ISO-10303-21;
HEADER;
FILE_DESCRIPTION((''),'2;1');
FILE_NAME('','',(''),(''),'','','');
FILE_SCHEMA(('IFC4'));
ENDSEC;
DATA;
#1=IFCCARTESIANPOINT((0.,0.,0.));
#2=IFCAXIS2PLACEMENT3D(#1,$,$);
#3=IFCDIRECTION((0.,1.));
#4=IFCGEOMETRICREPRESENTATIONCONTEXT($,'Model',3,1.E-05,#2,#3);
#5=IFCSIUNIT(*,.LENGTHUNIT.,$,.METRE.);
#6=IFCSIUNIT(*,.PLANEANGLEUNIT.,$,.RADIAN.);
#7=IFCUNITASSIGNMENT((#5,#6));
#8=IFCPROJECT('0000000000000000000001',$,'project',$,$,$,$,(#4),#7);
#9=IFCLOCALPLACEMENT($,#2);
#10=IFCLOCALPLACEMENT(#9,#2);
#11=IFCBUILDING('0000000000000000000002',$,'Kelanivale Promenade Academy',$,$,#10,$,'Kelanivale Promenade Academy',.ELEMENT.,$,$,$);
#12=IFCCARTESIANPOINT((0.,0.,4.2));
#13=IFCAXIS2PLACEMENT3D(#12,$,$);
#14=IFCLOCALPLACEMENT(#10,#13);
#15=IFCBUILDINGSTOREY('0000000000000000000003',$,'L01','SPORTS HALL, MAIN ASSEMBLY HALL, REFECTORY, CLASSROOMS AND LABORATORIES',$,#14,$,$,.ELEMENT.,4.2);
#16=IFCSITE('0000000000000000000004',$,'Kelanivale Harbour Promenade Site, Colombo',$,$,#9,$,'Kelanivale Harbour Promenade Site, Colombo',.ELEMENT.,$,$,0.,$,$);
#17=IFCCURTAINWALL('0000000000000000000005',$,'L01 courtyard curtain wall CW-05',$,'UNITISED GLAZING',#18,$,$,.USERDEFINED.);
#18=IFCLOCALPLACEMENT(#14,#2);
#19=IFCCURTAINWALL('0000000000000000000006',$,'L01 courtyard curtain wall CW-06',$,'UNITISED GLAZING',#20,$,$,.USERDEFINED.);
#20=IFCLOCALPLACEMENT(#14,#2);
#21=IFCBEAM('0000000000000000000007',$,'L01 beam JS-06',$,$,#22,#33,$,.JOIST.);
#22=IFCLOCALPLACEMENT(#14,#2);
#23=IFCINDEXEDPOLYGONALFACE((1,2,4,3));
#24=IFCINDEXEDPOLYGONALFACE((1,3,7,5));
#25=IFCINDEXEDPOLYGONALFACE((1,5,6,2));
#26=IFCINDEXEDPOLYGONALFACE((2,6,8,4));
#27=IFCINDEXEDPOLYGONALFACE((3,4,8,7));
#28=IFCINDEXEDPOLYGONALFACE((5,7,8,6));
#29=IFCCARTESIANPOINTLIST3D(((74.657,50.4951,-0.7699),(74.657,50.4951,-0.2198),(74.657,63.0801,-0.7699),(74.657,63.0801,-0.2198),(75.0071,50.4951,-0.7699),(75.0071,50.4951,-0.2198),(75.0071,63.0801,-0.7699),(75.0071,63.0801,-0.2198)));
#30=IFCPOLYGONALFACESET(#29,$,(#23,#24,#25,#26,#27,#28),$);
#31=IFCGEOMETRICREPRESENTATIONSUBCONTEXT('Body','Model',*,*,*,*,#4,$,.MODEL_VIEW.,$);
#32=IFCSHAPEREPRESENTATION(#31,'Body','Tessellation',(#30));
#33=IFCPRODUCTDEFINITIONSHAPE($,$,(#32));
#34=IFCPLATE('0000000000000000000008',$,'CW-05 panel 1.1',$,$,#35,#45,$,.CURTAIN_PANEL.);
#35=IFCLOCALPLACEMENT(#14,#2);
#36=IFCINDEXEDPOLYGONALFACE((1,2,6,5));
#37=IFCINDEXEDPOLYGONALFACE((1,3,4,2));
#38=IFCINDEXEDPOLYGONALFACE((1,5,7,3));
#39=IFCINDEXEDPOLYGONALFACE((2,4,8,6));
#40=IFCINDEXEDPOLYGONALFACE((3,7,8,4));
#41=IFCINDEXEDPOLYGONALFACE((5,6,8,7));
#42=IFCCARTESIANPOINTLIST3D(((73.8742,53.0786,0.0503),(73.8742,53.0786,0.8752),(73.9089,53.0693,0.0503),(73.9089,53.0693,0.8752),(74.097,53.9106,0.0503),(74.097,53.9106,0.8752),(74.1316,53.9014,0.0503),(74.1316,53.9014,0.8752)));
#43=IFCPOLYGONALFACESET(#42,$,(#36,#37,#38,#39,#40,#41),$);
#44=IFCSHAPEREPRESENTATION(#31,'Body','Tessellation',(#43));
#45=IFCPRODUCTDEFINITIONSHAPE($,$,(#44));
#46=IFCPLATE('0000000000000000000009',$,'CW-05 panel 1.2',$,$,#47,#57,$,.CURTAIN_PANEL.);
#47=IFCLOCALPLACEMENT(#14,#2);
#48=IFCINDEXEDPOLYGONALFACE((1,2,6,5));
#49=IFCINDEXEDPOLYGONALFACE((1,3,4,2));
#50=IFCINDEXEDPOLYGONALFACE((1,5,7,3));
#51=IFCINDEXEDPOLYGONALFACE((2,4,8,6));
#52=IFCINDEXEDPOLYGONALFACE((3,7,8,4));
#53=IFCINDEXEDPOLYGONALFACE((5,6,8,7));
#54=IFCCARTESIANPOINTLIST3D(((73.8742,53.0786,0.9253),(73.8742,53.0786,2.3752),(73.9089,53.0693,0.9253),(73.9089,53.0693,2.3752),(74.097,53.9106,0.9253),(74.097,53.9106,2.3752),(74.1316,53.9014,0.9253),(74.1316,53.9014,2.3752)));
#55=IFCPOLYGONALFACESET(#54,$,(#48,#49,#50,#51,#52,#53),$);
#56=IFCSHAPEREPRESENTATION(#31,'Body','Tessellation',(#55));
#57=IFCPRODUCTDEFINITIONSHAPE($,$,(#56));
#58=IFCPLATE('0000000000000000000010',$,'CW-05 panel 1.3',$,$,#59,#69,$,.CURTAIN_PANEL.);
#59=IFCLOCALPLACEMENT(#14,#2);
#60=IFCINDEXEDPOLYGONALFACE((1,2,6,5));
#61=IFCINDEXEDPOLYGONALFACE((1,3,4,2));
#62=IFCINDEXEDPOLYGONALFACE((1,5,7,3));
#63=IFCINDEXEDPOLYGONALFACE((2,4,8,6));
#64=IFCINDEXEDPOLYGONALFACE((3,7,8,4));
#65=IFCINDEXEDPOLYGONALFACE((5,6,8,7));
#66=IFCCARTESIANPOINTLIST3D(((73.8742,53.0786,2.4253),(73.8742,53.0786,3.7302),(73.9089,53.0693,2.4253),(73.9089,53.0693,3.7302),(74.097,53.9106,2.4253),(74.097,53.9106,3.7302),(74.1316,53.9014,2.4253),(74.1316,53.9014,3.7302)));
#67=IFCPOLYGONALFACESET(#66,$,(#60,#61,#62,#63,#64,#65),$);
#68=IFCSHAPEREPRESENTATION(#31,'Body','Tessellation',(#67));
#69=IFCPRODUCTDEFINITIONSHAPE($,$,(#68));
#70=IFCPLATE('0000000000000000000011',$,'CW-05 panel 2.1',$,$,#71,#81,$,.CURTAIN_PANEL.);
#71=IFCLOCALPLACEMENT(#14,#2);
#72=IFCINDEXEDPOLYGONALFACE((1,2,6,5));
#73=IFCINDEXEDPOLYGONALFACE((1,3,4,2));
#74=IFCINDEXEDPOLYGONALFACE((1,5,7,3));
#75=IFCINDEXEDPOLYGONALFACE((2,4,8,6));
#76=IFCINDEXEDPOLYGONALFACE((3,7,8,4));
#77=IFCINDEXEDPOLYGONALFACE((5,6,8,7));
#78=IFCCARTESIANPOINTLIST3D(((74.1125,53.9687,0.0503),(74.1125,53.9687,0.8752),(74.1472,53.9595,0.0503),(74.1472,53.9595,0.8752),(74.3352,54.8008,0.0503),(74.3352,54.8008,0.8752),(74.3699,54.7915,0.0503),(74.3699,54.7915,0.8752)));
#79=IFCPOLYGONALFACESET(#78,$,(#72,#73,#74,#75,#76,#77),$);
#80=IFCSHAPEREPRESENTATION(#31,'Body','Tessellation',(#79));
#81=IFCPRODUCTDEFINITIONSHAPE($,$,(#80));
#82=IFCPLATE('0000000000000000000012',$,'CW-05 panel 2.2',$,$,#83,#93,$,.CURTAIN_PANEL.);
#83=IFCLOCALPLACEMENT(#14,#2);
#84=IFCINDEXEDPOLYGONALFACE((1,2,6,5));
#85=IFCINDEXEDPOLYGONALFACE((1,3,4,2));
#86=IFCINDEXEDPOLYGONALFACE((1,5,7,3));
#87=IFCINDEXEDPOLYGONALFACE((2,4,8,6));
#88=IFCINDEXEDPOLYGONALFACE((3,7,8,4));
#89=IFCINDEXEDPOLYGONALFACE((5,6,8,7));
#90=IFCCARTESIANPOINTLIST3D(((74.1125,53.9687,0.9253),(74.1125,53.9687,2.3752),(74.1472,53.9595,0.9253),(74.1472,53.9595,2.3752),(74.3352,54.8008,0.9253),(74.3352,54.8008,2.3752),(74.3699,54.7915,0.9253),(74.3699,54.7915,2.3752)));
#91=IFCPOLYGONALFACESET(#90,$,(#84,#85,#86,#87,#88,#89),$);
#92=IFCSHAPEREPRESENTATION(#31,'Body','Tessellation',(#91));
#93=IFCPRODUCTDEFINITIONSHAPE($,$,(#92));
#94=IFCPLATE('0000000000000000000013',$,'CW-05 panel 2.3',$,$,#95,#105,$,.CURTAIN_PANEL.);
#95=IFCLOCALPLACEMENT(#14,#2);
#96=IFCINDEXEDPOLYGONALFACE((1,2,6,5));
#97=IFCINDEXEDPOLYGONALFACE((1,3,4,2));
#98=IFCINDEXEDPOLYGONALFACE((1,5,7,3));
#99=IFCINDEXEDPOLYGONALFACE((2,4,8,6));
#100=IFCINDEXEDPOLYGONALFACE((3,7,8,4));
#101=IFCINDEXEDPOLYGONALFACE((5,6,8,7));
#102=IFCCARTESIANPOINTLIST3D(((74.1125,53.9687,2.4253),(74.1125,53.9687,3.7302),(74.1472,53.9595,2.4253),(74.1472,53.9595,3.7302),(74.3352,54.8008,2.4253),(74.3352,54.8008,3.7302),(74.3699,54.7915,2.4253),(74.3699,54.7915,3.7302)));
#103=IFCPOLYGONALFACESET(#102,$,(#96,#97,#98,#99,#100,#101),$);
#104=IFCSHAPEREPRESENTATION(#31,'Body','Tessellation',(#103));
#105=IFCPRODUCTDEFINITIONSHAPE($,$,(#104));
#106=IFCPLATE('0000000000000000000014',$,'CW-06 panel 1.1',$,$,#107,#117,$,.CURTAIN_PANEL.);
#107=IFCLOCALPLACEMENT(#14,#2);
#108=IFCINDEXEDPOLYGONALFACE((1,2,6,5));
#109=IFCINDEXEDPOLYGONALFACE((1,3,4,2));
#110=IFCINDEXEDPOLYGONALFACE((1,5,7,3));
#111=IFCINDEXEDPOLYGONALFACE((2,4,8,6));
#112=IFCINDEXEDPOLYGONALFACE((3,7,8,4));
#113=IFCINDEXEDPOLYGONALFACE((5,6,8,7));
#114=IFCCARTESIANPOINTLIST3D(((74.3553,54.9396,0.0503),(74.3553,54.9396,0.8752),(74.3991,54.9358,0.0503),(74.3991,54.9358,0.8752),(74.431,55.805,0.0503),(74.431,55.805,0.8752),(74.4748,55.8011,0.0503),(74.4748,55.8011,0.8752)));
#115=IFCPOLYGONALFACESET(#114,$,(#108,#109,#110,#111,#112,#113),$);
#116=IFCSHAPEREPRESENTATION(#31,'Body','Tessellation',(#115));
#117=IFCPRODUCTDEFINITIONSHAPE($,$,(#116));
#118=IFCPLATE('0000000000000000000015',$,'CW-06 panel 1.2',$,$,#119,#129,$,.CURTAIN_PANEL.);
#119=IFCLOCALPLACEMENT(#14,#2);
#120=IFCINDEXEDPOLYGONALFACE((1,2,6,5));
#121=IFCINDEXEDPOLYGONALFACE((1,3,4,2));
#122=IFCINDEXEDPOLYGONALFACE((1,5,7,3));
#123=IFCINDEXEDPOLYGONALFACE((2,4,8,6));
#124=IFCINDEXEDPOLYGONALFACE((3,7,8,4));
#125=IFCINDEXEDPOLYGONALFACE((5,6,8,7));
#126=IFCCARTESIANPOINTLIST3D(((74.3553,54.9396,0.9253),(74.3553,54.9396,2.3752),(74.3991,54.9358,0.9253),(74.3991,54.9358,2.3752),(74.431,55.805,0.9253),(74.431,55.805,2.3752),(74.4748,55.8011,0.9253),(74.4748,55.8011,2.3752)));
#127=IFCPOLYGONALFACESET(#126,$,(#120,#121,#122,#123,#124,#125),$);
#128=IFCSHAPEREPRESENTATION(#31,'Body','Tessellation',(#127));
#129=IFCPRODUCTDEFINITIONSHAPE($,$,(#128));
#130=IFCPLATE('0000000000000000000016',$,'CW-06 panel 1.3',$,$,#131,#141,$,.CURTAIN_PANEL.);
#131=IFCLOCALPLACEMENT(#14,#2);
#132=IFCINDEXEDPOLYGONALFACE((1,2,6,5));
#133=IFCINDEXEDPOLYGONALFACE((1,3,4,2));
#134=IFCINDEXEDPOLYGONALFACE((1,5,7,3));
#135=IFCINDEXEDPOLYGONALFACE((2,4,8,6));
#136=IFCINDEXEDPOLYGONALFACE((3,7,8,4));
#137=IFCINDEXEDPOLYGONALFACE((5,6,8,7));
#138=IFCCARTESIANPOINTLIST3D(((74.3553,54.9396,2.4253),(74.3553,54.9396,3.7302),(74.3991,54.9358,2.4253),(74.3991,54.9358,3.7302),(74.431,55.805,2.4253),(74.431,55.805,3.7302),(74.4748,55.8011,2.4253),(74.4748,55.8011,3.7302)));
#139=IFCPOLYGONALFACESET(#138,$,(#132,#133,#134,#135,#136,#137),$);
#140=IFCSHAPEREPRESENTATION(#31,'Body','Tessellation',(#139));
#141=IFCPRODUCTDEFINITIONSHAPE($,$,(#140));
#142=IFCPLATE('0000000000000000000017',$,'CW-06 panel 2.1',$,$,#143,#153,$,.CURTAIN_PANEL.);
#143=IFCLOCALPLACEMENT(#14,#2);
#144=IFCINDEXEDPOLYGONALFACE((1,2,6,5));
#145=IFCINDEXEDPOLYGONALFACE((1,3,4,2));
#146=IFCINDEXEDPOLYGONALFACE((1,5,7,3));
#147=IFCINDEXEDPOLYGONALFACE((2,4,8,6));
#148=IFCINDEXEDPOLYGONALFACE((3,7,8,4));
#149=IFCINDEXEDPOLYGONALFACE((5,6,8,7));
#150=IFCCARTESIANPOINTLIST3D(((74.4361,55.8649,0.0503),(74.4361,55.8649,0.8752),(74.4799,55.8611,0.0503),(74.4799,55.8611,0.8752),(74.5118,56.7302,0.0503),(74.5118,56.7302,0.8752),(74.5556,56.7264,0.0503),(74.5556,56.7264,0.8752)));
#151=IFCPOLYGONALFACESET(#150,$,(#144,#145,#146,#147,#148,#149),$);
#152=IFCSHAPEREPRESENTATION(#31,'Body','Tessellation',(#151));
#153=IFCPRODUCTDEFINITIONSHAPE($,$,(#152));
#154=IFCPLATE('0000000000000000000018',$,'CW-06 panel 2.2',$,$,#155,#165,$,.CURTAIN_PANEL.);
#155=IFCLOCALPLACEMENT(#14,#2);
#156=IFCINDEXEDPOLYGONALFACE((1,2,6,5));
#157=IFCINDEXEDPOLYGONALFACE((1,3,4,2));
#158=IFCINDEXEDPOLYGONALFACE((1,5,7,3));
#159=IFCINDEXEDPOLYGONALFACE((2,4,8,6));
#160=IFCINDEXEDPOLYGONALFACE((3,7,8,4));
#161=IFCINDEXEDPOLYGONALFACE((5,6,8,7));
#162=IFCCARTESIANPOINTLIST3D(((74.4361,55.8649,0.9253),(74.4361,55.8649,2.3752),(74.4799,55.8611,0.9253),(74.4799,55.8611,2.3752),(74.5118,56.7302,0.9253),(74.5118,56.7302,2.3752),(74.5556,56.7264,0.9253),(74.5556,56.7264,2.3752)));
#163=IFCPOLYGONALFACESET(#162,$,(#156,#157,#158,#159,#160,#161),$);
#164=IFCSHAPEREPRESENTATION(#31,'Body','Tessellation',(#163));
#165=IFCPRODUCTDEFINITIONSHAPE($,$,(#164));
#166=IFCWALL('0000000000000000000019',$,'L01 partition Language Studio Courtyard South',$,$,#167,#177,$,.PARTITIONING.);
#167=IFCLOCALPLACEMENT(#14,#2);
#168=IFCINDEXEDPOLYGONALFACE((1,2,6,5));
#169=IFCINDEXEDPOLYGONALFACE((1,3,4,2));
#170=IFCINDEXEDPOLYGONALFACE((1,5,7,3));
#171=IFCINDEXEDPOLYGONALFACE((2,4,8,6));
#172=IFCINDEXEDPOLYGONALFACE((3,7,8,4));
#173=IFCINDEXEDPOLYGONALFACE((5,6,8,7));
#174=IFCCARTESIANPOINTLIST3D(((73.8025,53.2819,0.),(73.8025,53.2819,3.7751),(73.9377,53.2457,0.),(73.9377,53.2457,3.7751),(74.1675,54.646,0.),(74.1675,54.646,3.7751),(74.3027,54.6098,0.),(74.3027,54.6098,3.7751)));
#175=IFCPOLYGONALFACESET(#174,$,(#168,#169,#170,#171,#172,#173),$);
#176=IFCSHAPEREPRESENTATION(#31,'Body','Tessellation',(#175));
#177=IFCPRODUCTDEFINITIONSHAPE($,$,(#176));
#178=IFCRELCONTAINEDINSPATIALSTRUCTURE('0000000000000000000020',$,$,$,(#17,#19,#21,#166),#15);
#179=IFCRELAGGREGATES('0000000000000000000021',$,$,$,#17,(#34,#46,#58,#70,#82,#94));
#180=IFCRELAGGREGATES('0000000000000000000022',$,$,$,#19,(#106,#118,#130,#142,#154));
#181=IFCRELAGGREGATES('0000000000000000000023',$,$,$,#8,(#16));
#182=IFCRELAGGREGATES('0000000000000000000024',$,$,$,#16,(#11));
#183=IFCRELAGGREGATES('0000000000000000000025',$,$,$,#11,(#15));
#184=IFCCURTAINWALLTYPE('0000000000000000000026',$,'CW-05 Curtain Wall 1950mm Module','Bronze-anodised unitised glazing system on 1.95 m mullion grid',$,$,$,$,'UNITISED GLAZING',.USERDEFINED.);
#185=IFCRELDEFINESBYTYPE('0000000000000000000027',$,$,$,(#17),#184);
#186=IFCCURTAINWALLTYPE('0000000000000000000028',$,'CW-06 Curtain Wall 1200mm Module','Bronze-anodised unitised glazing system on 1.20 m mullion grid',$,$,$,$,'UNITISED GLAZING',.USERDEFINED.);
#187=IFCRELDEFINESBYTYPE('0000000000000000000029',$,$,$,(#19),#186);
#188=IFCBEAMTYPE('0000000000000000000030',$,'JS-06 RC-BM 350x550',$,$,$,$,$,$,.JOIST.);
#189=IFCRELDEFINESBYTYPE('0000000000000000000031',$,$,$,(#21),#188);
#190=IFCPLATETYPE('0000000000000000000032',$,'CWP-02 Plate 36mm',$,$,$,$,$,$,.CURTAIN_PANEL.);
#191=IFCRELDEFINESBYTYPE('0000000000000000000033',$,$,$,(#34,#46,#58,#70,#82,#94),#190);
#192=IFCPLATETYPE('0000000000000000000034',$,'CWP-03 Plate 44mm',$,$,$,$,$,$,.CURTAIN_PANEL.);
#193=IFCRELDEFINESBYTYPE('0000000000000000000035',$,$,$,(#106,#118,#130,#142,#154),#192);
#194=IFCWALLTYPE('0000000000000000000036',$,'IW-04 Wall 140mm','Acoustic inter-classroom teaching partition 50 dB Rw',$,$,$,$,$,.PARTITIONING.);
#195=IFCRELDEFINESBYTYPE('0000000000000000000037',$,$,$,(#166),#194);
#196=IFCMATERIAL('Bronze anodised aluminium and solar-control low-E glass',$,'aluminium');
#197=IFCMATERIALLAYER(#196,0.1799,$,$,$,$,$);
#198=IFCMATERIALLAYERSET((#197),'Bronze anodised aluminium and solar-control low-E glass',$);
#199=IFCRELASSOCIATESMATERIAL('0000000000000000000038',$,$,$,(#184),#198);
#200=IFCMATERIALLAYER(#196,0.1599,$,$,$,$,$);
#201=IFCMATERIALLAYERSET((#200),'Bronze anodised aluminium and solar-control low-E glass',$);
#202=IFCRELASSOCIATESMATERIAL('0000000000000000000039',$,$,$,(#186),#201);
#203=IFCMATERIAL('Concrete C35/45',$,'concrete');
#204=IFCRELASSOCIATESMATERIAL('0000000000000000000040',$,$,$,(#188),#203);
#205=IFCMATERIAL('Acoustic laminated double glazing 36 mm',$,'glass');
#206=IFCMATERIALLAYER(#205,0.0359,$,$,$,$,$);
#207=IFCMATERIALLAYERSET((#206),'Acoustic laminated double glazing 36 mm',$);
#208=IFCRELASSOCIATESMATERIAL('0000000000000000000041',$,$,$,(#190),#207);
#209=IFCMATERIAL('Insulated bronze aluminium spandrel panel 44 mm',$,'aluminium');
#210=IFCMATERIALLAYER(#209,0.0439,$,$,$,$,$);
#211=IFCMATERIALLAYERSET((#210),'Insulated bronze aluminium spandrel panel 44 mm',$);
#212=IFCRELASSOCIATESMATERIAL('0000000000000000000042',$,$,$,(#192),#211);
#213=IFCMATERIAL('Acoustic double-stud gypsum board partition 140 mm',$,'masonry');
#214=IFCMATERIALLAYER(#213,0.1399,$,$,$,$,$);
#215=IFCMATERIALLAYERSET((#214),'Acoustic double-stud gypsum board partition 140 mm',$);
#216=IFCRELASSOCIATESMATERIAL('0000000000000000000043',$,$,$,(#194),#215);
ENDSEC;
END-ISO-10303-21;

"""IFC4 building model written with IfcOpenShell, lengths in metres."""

from ifc_helpers import new_model, si_unit, direction, frame, frame_2d, origin, origin_2d, place, context, subcontext, project, spatial, rectangle, extrude, material, layer, layer_set, material_profile, profile_set, type_object, element, aggregate, save


model = new_model("IFC4")

# Units and contexts
model_context = context("Model", 3, precision=1e-05, world=origin(), true_north=direction((0.0, 1.0)))
body_context = subcontext(model_context, "Body", "Model", "MODEL_VIEW")
ifc_project = project(units=[si_unit("LENGTHUNIT", "METRE"), si_unit("PLANEANGLEUNIT", "RADIAN")], contexts=[model_context])

# Site, building, storey
site_placement = place(None, origin())
site = spatial("IfcSite", under=ifc_project, at=site_placement, Name="Kelanivale Harbour Promenade Site, Colombo", LongName="Kelanivale Harbour Promenade Site, Colombo", CompositionType="ELEMENT", RefElevation=0.0)
building_placement = place(site_placement, origin())
building = spatial("IfcBuilding", under=site, at=building_placement, Name="Kelanivale Promenade Academy", LongName="Kelanivale Promenade Academy", CompositionType="ELEMENT")
storey_placement = place(building_placement, frame((0.0, 0.0, 4.2)))
storey = spatial("IfcBuildingStorey", under=building, at=storey_placement, Name="L01", Description="SPORTS HALL, MAIN ASSEMBLY HALL, REFECTORY, CLASSROOMS AND LABORATORIES", CompositionType="ELEMENT", Elevation=4.2)

# Curtain walls
ifc_material_1 = material(Name="Bronze anodised aluminium and solar-control low-E glass", Category="aluminium")
ifc_layer_1 = layer(ifc_material_1, 0.1799)
ifc_layer_set_1 = layer_set([ifc_layer_1], Name="Bronze anodised aluminium and solar-control low-E glass")
curtain_wall_type_1 = type_object("IfcCurtainWallType", Name="CW-05 Curtain Wall 1950mm Module", Description="Bronze-anodised unitised glazing system on 1.95 m mullion grid", ElementType="UNITISED GLAZING", PredefinedType="USERDEFINED", material=ifc_layer_set_1)
curtain_wall_1_placement = place(storey_placement, origin())
curtain_wall_1 = element("IfcCurtainWall", 1, at=curtain_wall_1_placement, inside=storey, type_object=curtain_wall_type_1, Name="L01 courtyard curtain wall CW-05", ObjectType="UNITISED GLAZING", PredefinedType="USERDEFINED")
ifc_layer_2 = layer(ifc_material_1, 0.1599)
ifc_layer_set_2 = layer_set([ifc_layer_2], Name="Bronze anodised aluminium and solar-control low-E glass")
curtain_wall_type_2 = type_object("IfcCurtainWallType", Name="CW-06 Curtain Wall 1200mm Module", Description="Bronze-anodised unitised glazing system on 1.20 m mullion grid", ElementType="UNITISED GLAZING", PredefinedType="USERDEFINED", material=ifc_layer_set_2)
curtain_wall_2_placement = place(storey_placement, origin())
curtain_wall_2 = element("IfcCurtainWall", 2, at=curtain_wall_2_placement, inside=storey, type_object=curtain_wall_type_2, Name="L01 courtyard curtain wall CW-06", ObjectType="UNITISED GLAZING", PredefinedType="USERDEFINED")

# Beam
ifc_material_2 = material(Name="Concrete C35/45", Category="concrete")
ifc_material_profile_1 = material_profile(ifc_material_2, rectangle(XDim=0.3501, YDim=0.55, at=origin_2d()), Name="RC-BM 350x550")
ifc_profile_set_1 = profile_set([ifc_material_profile_1], Name="Concrete C35/45")
beam_type = type_object("IfcBeamType", Name="JS-06 RC-BM 350x550", PredefinedType="JOIST", material=ifc_profile_set_1)
beam_placement = place(storey_placement, frame((74.832, 50.4951, -0.4949), z_axis=(0.0, 1.0, 0.0), x_axis=(-1.0, 0.0, 0.0)))
element("IfcBeam", 3, at=beam_placement, inside=storey, type_object=beam_type, Name="L01 beam JS-06", PredefinedType="JOIST", context=body_context, shape_type="SweptSolid", body=[
    extrude(rectangle(XDim=0.3501, YDim=0.55, at=origin_2d()), origin(), (0.0, 0.0, 1.0), 12.585),
])

# Plates
ifc_material_3 = material(Name="Acoustic laminated double glazing 36 mm", Category="glass")
ifc_layer_3 = layer(ifc_material_3, 0.0359)
ifc_layer_set_3 = layer_set([ifc_layer_3], Name="Acoustic laminated double glazing 36 mm")
plate_type_1 = type_object("IfcPlateType", Name="CWP-02 Plate 36mm", PredefinedType="CURTAIN_PANEL", material=ifc_layer_set_3)
plate_1_placement = place(storey_placement, frame((74.0029, 53.49, 0.0503), z_axis=(0.0, 0.0, 1.0), x_axis=(0.258578, 0.96599, 0.0)))
plate_1 = element("IfcPlate", 4, at=plate_1_placement, type_object=plate_type_1, Name="CW-05 panel 1.1", PredefinedType="CURTAIN_PANEL", context=body_context, shape_type="SweptSolid", body=[
    extrude(rectangle(XDim=0.8613, YDim=0.0359, at=origin_2d()), origin(), (0.0, 0.0, 1.0), 0.825),
])
plate_2_placement = place(storey_placement, frame((74.0029, 53.49, 0.9253), z_axis=(0.0, 0.0, 1.0), x_axis=(0.258578, 0.96599, 0.0)))
plate_2 = element("IfcPlate", 5, at=plate_2_placement, type_object=plate_type_1, Name="CW-05 panel 1.2", PredefinedType="CURTAIN_PANEL", context=body_context, shape_type="SweptSolid", body=[
    extrude(rectangle(XDim=0.8613, YDim=0.0359, at=origin_2d()), origin(), (0.0, 0.0, 1.0), 1.45),
])
plate_3_placement = place(storey_placement, frame((74.0029, 53.49, 2.4253), z_axis=(0.0, 0.0, 1.0), x_axis=(0.258578, 0.96599, 0.0)))
plate_3 = element("IfcPlate", 6, at=plate_3_placement, type_object=plate_type_1, Name="CW-05 panel 1.3", PredefinedType="CURTAIN_PANEL", context=body_context, shape_type="SweptSolid", body=[
    extrude(rectangle(XDim=0.8613, YDim=0.0359, at=origin_2d()), origin(), (0.0, 0.0, 1.0), 1.3049),
])
plate_4_placement = place(storey_placement, frame((74.2412, 54.3801, 0.0503), z_axis=(0.0, 0.0, 1.0), x_axis=(0.258578, 0.96599, 0.0)))
plate_4 = element("IfcPlate", 7, at=plate_4_placement, type_object=plate_type_1, Name="CW-05 panel 2.1", PredefinedType="CURTAIN_PANEL", context=body_context, shape_type="SweptSolid", body=[
    extrude(rectangle(XDim=0.8613, YDim=0.0359, at=origin_2d()), origin(), (0.0, 0.0, 1.0), 0.825),
])
plate_5_placement = place(storey_placement, frame((74.2412, 54.3801, 0.9253), z_axis=(0.0, 0.0, 1.0), x_axis=(0.258578, 0.96599, 0.0)))
plate_5 = element("IfcPlate", 8, at=plate_5_placement, type_object=plate_type_1, Name="CW-05 panel 2.2", PredefinedType="CURTAIN_PANEL", context=body_context, shape_type="SweptSolid", body=[
    extrude(rectangle(XDim=0.8613, YDim=0.0359, at=origin_2d()), origin(), (0.0, 0.0, 1.0), 1.45),
])
plate_6_placement = place(storey_placement, frame((74.2412, 54.3801, 2.4253), z_axis=(0.0, 0.0, 1.0), x_axis=(0.258578, 0.96599, 0.0)))
plate_6 = element("IfcPlate", 9, at=plate_6_placement, type_object=plate_type_1, Name="CW-05 panel 2.3", PredefinedType="CURTAIN_PANEL", context=body_context, shape_type="SweptSolid", body=[
    extrude(rectangle(XDim=0.8613, YDim=0.0359, at=origin_2d()), origin(), (0.0, 0.0, 1.0), 1.3049),
])
aggregate(curtain_wall_1, [plate_1, plate_2, plate_3, plate_4, plate_5, plate_6])
ifc_material_4 = material(Name="Insulated bronze aluminium spandrel panel 44 mm", Category="aluminium")
ifc_layer_4 = layer(ifc_material_4, 0.0439)
ifc_layer_set_4 = layer_set([ifc_layer_4], Name="Insulated bronze aluminium spandrel panel 44 mm")
plate_type_2 = type_object("IfcPlateType", Name="CWP-03 Plate 44mm", PredefinedType="CURTAIN_PANEL", material=ifc_layer_set_4)
plate_7_placement = place(storey_placement, frame((74.415, 55.3704, 0.0503), z_axis=(0.0, 0.0, 1.0), x_axis=(0.087102, 0.996199, 0.0)))
plate_7 = element("IfcPlate", 10, at=plate_7_placement, type_object=plate_type_2, Name="CW-06 panel 1.1", PredefinedType="CURTAIN_PANEL", context=body_context, shape_type="SweptSolid", body=[
    extrude(rectangle(XDim=0.8687, YDim=0.0439, at=origin_2d()), origin(), (0.0, 0.0, 1.0), 0.825),
])
plate_8_placement = place(storey_placement, frame((74.415, 55.3704, 0.9253), z_axis=(0.0, 0.0, 1.0), x_axis=(0.087102, 0.996199, 0.0)))
plate_8 = element("IfcPlate", 11, at=plate_8_placement, type_object=plate_type_2, Name="CW-06 panel 1.2", PredefinedType="CURTAIN_PANEL", context=body_context, shape_type="SweptSolid", body=[
    extrude(rectangle(XDim=0.8687, YDim=0.0439, at=origin_2d()), origin(), (0.0, 0.0, 1.0), 1.45),
])
plate_9_placement = place(storey_placement, frame((74.415, 55.3704, 2.4253), z_axis=(0.0, 0.0, 1.0), x_axis=(0.087102, 0.996199, 0.0)))
plate_9 = element("IfcPlate", 12, at=plate_9_placement, type_object=plate_type_2, Name="CW-06 panel 1.3", PredefinedType="CURTAIN_PANEL", context=body_context, shape_type="SweptSolid", body=[
    extrude(rectangle(XDim=0.8687, YDim=0.0439, at=origin_2d()), origin(), (0.0, 0.0, 1.0), 1.3049),
])
plate_10_placement = place(storey_placement, frame((74.4958, 56.2957, 0.0503), z_axis=(0.0, 0.0, 1.0), x_axis=(0.087102, 0.996199, 0.0)))
plate_10 = element("IfcPlate", 13, at=plate_10_placement, type_object=plate_type_2, Name="CW-06 panel 2.1", PredefinedType="CURTAIN_PANEL", context=body_context, shape_type="SweptSolid", body=[
    extrude(rectangle(XDim=0.8687, YDim=0.0439, at=origin_2d()), origin(), (0.0, 0.0, 1.0), 0.825),
])
plate_11_placement = place(storey_placement, frame((74.4958, 56.2957, 0.9253), z_axis=(0.0, 0.0, 1.0), x_axis=(0.087102, 0.996199, 0.0)))
plate_11 = element("IfcPlate", 14, at=plate_11_placement, type_object=plate_type_2, Name="CW-06 panel 2.2", PredefinedType="CURTAIN_PANEL", context=body_context, shape_type="SweptSolid", body=[
    extrude(rectangle(XDim=0.8687, YDim=0.0439, at=origin_2d()), origin(), (0.0, 0.0, 1.0), 1.45),
])
aggregate(curtain_wall_2, [plate_7, plate_8, plate_9, plate_10, plate_11])

# Wall
ifc_material_5 = material(Name="Acoustic double-stud gypsum board partition 140 mm", Category="masonry")
ifc_layer_5 = layer(ifc_material_5, 0.1399)
ifc_layer_set_5 = layer_set([ifc_layer_5], Name="Acoustic double-stud gypsum board partition 140 mm")
wall_type = type_object("IfcWallType", Name="IW-04 Wall 140mm", Description="Acoustic inter-classroom teaching partition 50 dB Rw", PredefinedType="PARTITIONING", material=ifc_layer_set_5)
wall_placement = place(storey_placement, frame((74.2351, 54.6279, 0.0), z_axis=(0.0, 0.0, 1.0), x_axis=(-0.258491, -0.966014, 0.0)))
element("IfcWall", 15, at=wall_placement, inside=storey, type_object=wall_type, Name="L01 partition Language Studio Courtyard South", PredefinedType="PARTITIONING", context=body_context, shape_type="SweptSolid", body=[
    extrude(rectangle(XDim=1.4121, YDim=0.1399, at=frame_2d((0.7061, 0.0))), origin(), (0.0, 0.0, 1.0), 3.7751),
])

save(model, "model.ifc")
